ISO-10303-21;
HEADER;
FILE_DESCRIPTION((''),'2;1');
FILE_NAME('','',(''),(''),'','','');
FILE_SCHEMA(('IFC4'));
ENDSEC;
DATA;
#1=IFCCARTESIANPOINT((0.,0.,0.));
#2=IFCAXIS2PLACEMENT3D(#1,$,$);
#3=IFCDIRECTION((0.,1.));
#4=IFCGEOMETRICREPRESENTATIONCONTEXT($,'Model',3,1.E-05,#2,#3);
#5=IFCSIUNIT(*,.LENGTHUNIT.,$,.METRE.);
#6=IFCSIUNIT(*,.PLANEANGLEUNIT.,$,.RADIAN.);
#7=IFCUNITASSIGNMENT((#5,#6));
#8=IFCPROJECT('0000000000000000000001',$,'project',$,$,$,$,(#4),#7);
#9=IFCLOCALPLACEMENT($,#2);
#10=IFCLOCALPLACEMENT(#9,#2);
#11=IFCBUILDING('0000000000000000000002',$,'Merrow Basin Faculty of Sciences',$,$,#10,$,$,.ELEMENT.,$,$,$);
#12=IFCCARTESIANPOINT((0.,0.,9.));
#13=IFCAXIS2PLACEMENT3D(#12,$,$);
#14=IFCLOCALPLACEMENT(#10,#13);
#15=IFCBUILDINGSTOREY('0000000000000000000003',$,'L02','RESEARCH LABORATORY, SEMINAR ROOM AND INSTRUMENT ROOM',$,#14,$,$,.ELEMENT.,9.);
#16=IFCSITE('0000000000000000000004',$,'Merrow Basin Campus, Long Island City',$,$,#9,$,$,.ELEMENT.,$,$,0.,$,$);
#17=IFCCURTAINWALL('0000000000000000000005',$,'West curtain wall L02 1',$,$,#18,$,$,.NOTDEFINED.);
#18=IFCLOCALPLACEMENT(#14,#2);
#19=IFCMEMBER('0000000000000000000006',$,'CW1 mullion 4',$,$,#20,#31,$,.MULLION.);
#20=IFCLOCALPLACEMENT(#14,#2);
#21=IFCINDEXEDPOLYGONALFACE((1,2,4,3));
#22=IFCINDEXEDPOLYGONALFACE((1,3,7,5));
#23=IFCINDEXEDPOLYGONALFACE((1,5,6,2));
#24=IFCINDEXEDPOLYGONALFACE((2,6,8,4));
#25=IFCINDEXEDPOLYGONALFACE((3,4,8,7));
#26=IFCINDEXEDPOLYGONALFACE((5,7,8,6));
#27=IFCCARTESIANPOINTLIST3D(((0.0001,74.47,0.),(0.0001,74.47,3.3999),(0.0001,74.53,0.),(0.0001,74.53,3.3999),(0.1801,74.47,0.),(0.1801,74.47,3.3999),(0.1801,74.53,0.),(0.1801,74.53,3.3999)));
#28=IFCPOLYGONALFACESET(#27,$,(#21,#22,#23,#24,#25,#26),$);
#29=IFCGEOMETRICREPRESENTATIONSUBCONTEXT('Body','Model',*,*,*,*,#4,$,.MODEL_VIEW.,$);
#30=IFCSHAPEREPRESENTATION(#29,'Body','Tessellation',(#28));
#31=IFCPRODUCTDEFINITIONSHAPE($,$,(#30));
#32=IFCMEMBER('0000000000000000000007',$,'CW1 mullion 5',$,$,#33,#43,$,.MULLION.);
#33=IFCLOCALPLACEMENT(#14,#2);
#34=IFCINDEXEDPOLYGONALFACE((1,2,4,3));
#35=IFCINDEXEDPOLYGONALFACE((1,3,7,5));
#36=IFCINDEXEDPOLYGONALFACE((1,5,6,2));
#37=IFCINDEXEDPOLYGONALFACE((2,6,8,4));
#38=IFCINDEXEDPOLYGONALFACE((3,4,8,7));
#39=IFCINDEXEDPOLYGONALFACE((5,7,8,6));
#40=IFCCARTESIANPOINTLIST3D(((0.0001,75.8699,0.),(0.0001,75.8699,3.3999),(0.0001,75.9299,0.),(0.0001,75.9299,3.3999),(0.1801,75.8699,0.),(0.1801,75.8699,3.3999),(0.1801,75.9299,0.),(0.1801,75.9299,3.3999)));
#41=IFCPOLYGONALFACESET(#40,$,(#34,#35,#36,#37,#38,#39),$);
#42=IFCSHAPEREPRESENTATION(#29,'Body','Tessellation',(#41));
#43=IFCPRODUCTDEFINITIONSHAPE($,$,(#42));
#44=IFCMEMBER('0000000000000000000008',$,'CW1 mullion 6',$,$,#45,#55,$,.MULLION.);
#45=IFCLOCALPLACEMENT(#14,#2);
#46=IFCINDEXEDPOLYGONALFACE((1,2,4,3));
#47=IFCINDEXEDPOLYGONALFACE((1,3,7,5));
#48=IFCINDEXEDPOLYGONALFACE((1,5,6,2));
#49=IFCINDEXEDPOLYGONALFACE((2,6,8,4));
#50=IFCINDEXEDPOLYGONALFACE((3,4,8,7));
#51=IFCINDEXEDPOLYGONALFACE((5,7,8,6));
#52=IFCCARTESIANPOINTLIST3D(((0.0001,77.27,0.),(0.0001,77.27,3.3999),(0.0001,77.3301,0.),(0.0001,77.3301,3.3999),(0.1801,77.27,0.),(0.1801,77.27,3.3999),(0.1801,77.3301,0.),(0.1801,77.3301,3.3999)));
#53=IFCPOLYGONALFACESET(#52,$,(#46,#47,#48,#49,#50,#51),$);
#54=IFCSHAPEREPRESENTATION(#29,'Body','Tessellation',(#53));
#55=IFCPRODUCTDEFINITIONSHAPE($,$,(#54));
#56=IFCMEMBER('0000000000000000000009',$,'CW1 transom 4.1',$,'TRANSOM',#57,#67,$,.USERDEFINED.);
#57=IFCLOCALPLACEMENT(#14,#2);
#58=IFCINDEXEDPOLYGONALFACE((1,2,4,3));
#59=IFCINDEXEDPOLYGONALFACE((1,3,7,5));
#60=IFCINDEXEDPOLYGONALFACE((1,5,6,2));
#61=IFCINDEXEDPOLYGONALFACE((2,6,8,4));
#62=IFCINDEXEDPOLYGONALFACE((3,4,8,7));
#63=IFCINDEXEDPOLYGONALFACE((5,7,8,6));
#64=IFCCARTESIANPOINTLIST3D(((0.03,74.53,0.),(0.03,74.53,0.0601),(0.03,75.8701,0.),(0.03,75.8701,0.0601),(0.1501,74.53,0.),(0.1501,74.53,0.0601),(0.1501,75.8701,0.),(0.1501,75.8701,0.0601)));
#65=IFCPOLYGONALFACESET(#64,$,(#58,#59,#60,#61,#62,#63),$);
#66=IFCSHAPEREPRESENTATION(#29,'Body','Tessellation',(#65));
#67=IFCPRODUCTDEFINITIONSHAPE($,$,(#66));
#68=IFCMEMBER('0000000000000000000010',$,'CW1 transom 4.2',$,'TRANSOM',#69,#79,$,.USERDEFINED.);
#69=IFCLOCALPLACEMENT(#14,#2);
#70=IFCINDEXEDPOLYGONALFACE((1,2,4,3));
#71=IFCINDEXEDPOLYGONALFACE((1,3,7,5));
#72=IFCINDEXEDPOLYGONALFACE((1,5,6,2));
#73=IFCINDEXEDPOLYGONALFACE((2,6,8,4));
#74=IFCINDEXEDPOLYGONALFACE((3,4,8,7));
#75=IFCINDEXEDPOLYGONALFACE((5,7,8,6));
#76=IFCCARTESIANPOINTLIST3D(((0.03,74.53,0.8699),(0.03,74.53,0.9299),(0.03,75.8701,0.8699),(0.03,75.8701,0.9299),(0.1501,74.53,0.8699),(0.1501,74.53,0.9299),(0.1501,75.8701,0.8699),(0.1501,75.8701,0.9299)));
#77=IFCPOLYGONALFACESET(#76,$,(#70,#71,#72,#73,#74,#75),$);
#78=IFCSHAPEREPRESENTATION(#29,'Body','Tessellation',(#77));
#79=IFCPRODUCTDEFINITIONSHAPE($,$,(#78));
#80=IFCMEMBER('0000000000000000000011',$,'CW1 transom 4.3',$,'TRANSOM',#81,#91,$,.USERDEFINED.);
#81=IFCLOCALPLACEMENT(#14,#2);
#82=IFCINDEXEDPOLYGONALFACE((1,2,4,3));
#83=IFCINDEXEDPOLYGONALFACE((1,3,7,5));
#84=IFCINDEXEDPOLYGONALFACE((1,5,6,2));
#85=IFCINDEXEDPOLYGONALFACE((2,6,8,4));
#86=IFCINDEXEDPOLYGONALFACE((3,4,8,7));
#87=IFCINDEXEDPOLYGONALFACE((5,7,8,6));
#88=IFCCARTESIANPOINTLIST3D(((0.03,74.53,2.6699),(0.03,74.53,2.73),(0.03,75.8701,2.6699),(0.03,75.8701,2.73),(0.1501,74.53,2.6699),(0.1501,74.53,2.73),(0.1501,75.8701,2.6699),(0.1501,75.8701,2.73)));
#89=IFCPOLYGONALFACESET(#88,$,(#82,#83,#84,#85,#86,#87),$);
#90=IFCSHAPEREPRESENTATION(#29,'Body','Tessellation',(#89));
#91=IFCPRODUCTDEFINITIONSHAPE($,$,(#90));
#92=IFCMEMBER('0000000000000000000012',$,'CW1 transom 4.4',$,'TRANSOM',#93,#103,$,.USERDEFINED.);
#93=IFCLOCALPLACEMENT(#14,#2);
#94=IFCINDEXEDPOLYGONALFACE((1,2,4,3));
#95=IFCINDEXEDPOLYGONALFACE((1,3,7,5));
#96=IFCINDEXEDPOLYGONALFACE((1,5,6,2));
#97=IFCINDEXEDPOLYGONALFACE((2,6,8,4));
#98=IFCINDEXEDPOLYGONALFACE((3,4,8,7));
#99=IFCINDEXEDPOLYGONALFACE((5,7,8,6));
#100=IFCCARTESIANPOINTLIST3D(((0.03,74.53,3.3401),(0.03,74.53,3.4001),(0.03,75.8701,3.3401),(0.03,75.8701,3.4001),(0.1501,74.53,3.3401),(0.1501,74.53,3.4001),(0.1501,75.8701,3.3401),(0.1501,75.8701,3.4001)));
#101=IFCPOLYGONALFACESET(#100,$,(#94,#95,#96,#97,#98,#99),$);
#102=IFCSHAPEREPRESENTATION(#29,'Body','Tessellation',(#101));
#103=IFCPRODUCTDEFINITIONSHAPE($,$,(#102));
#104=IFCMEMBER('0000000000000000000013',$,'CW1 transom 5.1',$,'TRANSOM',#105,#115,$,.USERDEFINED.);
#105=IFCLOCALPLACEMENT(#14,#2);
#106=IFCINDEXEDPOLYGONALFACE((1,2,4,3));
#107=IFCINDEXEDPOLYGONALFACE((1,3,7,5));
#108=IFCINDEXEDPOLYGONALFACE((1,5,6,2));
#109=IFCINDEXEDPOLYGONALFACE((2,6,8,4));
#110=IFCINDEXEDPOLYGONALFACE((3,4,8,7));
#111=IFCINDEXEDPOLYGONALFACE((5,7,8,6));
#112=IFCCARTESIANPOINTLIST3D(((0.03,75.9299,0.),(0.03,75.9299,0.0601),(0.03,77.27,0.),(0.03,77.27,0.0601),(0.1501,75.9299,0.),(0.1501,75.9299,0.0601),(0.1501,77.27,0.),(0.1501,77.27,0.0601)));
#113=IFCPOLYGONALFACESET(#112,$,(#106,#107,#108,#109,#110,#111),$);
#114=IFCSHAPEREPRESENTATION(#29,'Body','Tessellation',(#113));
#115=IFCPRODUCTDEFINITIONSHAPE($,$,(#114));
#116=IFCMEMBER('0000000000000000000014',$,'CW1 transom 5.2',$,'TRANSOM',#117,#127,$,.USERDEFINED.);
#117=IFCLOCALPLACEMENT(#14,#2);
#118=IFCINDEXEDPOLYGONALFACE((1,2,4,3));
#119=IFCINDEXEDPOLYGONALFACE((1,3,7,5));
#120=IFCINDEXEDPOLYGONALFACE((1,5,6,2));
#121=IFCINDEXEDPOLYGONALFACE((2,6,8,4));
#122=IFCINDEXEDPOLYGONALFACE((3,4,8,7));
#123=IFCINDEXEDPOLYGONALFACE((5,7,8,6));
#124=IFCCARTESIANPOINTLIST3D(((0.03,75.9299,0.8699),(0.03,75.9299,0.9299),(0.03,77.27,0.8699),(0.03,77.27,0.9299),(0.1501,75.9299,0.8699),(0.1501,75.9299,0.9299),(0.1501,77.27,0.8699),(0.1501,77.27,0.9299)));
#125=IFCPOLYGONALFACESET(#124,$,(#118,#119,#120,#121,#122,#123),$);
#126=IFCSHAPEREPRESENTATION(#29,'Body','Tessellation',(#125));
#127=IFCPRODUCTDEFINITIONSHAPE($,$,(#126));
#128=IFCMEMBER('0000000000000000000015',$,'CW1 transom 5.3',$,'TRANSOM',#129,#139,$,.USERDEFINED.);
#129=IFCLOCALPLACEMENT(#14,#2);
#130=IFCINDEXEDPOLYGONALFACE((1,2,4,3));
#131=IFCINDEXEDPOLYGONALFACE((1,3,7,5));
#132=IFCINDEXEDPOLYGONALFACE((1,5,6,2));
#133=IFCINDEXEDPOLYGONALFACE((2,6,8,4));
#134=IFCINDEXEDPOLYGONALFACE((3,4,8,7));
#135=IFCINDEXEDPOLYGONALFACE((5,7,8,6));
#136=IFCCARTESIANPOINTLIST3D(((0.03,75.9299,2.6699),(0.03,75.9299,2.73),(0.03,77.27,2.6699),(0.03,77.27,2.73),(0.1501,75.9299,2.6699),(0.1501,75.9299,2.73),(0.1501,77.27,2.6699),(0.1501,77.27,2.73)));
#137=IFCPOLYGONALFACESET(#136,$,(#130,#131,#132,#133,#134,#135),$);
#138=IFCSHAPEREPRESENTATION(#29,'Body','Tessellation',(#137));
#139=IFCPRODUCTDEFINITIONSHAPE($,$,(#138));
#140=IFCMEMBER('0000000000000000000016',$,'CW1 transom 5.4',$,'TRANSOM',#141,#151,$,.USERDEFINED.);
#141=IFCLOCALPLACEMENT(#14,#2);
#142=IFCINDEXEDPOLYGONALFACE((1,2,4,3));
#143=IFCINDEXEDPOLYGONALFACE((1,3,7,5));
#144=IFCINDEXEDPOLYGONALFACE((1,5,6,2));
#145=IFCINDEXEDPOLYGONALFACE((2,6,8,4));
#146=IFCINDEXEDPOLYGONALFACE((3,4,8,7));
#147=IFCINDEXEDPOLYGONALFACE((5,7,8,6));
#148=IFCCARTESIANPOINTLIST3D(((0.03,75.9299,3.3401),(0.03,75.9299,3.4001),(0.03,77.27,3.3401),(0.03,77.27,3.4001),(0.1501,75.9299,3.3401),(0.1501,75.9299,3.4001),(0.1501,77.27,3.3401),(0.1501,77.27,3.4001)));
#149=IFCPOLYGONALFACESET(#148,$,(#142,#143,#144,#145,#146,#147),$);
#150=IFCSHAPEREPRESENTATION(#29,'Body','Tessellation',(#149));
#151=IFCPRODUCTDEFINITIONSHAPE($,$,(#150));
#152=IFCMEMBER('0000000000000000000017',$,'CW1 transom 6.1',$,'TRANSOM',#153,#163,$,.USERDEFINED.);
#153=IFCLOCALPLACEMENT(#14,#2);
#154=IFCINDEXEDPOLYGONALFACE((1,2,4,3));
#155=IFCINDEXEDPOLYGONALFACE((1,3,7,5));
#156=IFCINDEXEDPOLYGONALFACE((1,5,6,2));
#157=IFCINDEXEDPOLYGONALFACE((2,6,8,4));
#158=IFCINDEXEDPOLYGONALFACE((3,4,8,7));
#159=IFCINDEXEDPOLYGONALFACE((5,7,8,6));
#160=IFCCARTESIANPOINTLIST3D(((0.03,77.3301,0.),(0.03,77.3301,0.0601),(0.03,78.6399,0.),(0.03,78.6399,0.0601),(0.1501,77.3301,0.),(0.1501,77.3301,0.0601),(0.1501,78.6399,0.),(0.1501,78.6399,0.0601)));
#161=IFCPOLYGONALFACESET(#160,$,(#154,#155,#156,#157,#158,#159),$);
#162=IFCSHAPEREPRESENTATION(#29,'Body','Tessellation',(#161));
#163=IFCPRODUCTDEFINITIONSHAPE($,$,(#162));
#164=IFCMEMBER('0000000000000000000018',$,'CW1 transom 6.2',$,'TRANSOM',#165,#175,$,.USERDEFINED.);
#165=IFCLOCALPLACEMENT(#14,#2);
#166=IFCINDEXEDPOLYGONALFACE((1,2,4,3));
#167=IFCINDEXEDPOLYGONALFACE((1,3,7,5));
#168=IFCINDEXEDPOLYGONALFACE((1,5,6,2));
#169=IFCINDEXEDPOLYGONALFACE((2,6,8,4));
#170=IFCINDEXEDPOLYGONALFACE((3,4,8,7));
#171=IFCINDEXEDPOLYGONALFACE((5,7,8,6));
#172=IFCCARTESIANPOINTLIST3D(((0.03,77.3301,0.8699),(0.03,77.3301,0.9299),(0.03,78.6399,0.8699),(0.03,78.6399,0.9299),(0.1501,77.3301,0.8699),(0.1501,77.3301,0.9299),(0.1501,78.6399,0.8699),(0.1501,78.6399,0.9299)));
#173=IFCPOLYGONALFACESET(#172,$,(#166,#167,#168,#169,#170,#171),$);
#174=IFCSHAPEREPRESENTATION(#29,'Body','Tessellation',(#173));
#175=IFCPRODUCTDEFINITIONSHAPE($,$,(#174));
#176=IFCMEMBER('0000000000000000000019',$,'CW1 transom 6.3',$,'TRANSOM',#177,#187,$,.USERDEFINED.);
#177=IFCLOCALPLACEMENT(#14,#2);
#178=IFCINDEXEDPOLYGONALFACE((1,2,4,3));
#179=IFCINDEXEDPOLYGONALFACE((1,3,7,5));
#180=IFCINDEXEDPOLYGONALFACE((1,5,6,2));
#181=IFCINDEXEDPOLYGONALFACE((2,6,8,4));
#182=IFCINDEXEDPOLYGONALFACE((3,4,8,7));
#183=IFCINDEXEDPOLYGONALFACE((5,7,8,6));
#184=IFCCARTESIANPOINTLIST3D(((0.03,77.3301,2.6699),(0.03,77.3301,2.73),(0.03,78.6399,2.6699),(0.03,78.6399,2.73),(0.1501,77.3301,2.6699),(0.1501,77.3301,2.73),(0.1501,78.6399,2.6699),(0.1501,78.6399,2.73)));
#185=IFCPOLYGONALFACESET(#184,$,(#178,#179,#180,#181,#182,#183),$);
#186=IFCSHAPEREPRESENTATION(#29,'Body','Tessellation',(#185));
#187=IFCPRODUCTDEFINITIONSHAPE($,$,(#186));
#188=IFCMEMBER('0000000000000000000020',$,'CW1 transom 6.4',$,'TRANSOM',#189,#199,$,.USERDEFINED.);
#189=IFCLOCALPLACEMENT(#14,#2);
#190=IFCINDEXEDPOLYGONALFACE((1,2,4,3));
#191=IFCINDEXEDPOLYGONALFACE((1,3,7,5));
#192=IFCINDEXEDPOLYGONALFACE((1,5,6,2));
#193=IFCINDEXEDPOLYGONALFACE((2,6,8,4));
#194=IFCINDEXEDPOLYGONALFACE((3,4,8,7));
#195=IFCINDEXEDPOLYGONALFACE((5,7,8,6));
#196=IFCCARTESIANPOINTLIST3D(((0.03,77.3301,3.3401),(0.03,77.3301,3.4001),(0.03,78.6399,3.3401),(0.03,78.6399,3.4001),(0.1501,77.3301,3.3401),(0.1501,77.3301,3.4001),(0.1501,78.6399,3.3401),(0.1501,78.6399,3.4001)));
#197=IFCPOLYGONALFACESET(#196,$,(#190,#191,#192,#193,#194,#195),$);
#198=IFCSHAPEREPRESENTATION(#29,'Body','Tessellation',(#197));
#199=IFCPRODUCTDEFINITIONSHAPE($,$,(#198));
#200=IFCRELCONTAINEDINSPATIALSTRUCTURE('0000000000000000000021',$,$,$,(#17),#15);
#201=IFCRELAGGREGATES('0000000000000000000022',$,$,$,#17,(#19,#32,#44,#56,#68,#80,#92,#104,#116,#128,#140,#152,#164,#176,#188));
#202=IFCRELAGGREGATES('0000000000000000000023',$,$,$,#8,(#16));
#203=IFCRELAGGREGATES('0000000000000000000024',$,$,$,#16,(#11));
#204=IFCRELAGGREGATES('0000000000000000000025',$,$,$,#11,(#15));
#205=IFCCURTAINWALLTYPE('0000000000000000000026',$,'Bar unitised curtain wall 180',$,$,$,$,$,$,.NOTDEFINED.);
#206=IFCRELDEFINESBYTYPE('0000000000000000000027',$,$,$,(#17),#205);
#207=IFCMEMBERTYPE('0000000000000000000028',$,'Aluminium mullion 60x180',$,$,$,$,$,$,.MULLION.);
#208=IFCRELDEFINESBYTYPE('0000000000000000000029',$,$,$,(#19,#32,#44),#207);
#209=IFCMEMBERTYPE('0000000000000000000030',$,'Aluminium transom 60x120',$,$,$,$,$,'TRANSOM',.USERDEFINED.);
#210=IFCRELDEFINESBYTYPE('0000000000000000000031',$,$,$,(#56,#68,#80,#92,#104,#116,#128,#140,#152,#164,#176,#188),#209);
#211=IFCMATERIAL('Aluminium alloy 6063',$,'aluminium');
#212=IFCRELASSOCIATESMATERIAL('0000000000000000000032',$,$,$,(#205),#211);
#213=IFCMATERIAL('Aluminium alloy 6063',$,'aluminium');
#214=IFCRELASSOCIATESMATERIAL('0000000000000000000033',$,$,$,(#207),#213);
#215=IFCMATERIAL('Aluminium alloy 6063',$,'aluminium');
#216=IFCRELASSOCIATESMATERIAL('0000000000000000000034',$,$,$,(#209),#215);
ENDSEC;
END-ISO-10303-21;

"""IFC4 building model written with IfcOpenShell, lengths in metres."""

from ifc_helpers import new_model, si_unit, direction, frame, origin, origin_2d, place, context, subcontext, project, spatial, rectangle, extrude, material, material_profile, profile_set, type_object, element, aggregate, save


model = new_model("IFC4")

# Units and contexts
model_context = context("Model", 3, precision=1e-05, world=origin(), true_north=direction((0.0, 1.0)))
body_context = subcontext(model_context, "Body", "Model", "MODEL_VIEW")
ifc_project = project(units=[si_unit("LENGTHUNIT", "METRE"), si_unit("PLANEANGLEUNIT", "RADIAN")], contexts=[model_context])

# Site, building, storey
site_placement = place(None, origin())
site = spatial("IfcSite", under=ifc_project, at=site_placement, Name="Merrow Basin Campus, Long Island City", CompositionType="ELEMENT", RefElevation=0.0)
building_placement = place(site_placement, origin())
building = spatial("IfcBuilding", under=site, at=building_placement, Name="Merrow Basin Faculty of Sciences", CompositionType="ELEMENT")
storey_placement = place(building_placement, frame((0.0, 0.0, 9.0)))
storey = spatial("IfcBuildingStorey", under=building, at=storey_placement, Name="L02", Description="RESEARCH LABORATORY, SEMINAR ROOM AND INSTRUMENT ROOM", CompositionType="ELEMENT", Elevation=9.0)

# Curtain wall, members
ifc_material_1 = material(Name="Aluminium alloy 6063", Category="aluminium")
curtain_wall_type = type_object("IfcCurtainWallType", Name="Bar unitised curtain wall 180", PredefinedType="NOTDEFINED", material=ifc_material_1)
curtain_wall_placement = place(storey_placement, origin())
curtain_wall = element("IfcCurtainWall", 1, at=curtain_wall_placement, inside=storey, type_object=curtain_wall_type, Name="West curtain wall L02 1", PredefinedType="NOTDEFINED")
ifc_material_2 = material(Name="Aluminium alloy 6063", Category="aluminium")
ifc_material_profile_1 = material_profile(ifc_material_2, rectangle(XDim=0.1799, YDim=0.0601, at=origin_2d()))
ifc_profile_set_1 = profile_set([ifc_material_profile_1], Name="Aluminium alloy 6063")
member_type_1 = type_object("IfcMemberType", Name="Aluminium mullion 60x180", PredefinedType="MULLION", material=ifc_profile_set_1)
member_1_placement = place(storey_placement, frame((0.0901, 74.5, 0.0), z_axis=(0.0, 0.0, 1.0), x_axis=(-1.0, 0.0, 0.0)))
member_1 = element("IfcMember", 2, at=member_1_placement, type_object=member_type_1, Name="CW1 mullion 4", PredefinedType="MULLION", context=body_context, shape_type="SweptSolid", body=[
    extrude(rectangle(XDim=0.1799, YDim=0.0601, at=origin_2d()), origin(), (0.0, 0.0, 1.0), 3.3999),
])
member_2_placement = place(storey_placement, frame((0.0901, 75.8999, 0.0), z_axis=(0.0, 0.0, 1.0), x_axis=(-1.0, 0.0, 0.0)))
member_2 = element("IfcMember", 3, at=member_2_placement, type_object=member_type_1, Name="CW1 mullion 5", PredefinedType="MULLION", context=body_context, shape_type="SweptSolid", body=[
    extrude(rectangle(XDim=0.1799, YDim=0.0601, at=origin_2d()), origin(), (0.0, 0.0, 1.0), 3.3999),
])
member_3_placement = place(storey_placement, frame((0.0901, 77.3, 0.0), z_axis=(0.0, 0.0, 1.0), x_axis=(-1.0, 0.0, 0.0)))
member_3 = element("IfcMember", 4, at=member_3_placement, type_object=member_type_1, Name="CW1 mullion 6", PredefinedType="MULLION", context=body_context, shape_type="SweptSolid", body=[
    extrude(rectangle(XDim=0.1799, YDim=0.0601, at=origin_2d()), origin(), (0.0, 0.0, 1.0), 3.3999),
])
ifc_material_3 = material(Name="Aluminium alloy 6063", Category="aluminium")
ifc_material_profile_2 = material_profile(ifc_material_3, rectangle(XDim=0.1201, YDim=0.0601, at=origin_2d()))
ifc_profile_set_2 = profile_set([ifc_material_profile_2], Name="Aluminium alloy 6063")
member_type_2 = type_object("IfcMemberType", Name="Aluminium transom 60x120", ElementType="TRANSOM", PredefinedType="USERDEFINED", material=ifc_profile_set_2)
member_4_placement = place(storey_placement, frame((0.0901, 74.53, 0.03), z_axis=(0.0, 1.0, 0.0), x_axis=(-1.0, 0.0, 0.0)))
member_4 = element("IfcMember", 5, at=member_4_placement, type_object=member_type_2, Name="CW1 transom 4.1", ObjectType="TRANSOM", PredefinedType="USERDEFINED", context=body_context, shape_type="SweptSolid", body=[
    extrude(rectangle(XDim=0.1201, YDim=0.0601, at=origin_2d()), origin(), (0.0, 0.0, 1.0), 1.3401),
])
member_5_placement = place(storey_placement, frame((0.0901, 74.53, 0.8999), z_axis=(0.0, 1.0, 0.0), x_axis=(-1.0, 0.0, 0.0)))
member_5 = element("IfcMember", 6, at=member_5_placement, type_object=member_type_2, Name="CW1 transom 4.2", ObjectType="TRANSOM", PredefinedType="USERDEFINED", context=body_context, shape_type="SweptSolid", body=[
    extrude(rectangle(XDim=0.1201, YDim=0.0601, at=origin_2d()), origin(), (0.0, 0.0, 1.0), 1.3401),
])
member_6_placement = place(storey_placement, frame((0.0901, 74.53, 2.7), z_axis=(0.0, 1.0, 0.0), x_axis=(-1.0, 0.0, 0.0)))
member_6 = element("IfcMember", 7, at=member_6_placement, type_object=member_type_2, Name="CW1 transom 4.3", ObjectType="TRANSOM", PredefinedType="USERDEFINED", context=body_context, shape_type="SweptSolid", body=[
    extrude(rectangle(XDim=0.1201, YDim=0.0601, at=origin_2d()), origin(), (0.0, 0.0, 1.0), 1.3401),
])
member_7_placement = place(storey_placement, frame((0.0901, 74.53, 3.3701), z_axis=(0.0, 1.0, 0.0), x_axis=(-1.0, 0.0, 0.0)))
member_7 = element("IfcMember", 8, at=member_7_placement, type_object=member_type_2, Name="CW1 transom 4.4", ObjectType="TRANSOM", PredefinedType="USERDEFINED", context=body_context, shape_type="SweptSolid", body=[
    extrude(rectangle(XDim=0.1201, YDim=0.0601, at=origin_2d()), origin(), (0.0, 0.0, 1.0), 1.3401),
])
member_8_placement = place(storey_placement, frame((0.0901, 75.9299, 0.03), z_axis=(0.0, 1.0, 0.0), x_axis=(-1.0, 0.0, 0.0)))
member_8 = element("IfcMember", 9, at=member_8_placement, type_object=member_type_2, Name="CW1 transom 5.1", ObjectType="TRANSOM", PredefinedType="USERDEFINED", context=body_context, shape_type="SweptSolid", body=[
    extrude(rectangle(XDim=0.1201, YDim=0.0601, at=origin_2d()), origin(), (0.0, 0.0, 1.0), 1.3401),
])
member_9_placement = place(storey_placement, frame((0.0901, 75.9299, 0.8999), z_axis=(0.0, 1.0, 0.0), x_axis=(-1.0, 0.0, 0.0)))
member_9 = element("IfcMember", 10, at=member_9_placement, type_object=member_type_2, Name="CW1 transom 5.2", ObjectType="TRANSOM", PredefinedType="USERDEFINED", context=body_context, shape_type="SweptSolid", body=[
    extrude(rectangle(XDim=0.1201, YDim=0.0601, at=origin_2d()), origin(), (0.0, 0.0, 1.0), 1.3401),
])
member_10_placement = place(storey_placement, frame((0.0901, 75.9299, 2.7), z_axis=(0.0, 1.0, 0.0), x_axis=(-1.0, 0.0, 0.0)))
member_10 = element("IfcMember", 11, at=member_10_placement, type_object=member_type_2, Name="CW1 transom 5.3", ObjectType="TRANSOM", PredefinedType="USERDEFINED", context=body_context, shape_type="SweptSolid", body=[
    extrude(rectangle(XDim=0.1201, YDim=0.0601, at=origin_2d()), origin(), (0.0, 0.0, 1.0), 1.3401),
])
member_11_placement = place(storey_placement, frame((0.0901, 75.9299, 3.3701), z_axis=(0.0, 1.0, 0.0), x_axis=(-1.0, 0.0, 0.0)))
member_11 = element("IfcMember", 12, at=member_11_placement, type_object=member_type_2, Name="CW1 transom 5.4", ObjectType="TRANSOM", PredefinedType="USERDEFINED", context=body_context, shape_type="SweptSolid", body=[
    extrude(rectangle(XDim=0.1201, YDim=0.0601, at=origin_2d()), origin(), (0.0, 0.0, 1.0), 1.3401),
])
member_12_placement = place(storey_placement, frame((0.0901, 77.3301, 0.03), z_axis=(0.0, 1.0, 0.0), x_axis=(-1.0, 0.0, 0.0)))
member_12 = element("IfcMember", 13, at=member_12_placement, type_object=member_type_2, Name="CW1 transom 6.1", ObjectType="TRANSOM", PredefinedType="USERDEFINED", context=body_context, shape_type="SweptSolid", body=[
    extrude(rectangle(XDim=0.1201, YDim=0.0601, at=origin_2d()), origin(), (0.0, 0.0, 1.0), 1.3098),
])
member_13_placement = place(storey_placement, frame((0.0901, 77.3301, 0.8999), z_axis=(0.0, 1.0, 0.0), x_axis=(-1.0, 0.0, 0.0)))
member_13 = element("IfcMember", 14, at=member_13_placement, type_object=member_type_2, Name="CW1 transom 6.2", ObjectType="TRANSOM", PredefinedType="USERDEFINED", context=body_context, shape_type="SweptSolid", body=[
    extrude(rectangle(XDim=0.1201, YDim=0.0601, at=origin_2d()), origin(), (0.0, 0.0, 1.0), 1.3098),
])
member_14_placement = place(storey_placement, frame((0.0901, 77.3301, 2.7), z_axis=(0.0, 1.0, 0.0), x_axis=(-1.0, 0.0, 0.0)))
member_14 = element("IfcMember", 15, at=member_14_placement, type_object=member_type_2, Name="CW1 transom 6.3", ObjectType="TRANSOM", PredefinedType="USERDEFINED", context=body_context, shape_type="SweptSolid", body=[
    extrude(rectangle(XDim=0.1201, YDim=0.0601, at=origin_2d()), origin(), (0.0, 0.0, 1.0), 1.3098),
])
member_15_placement = place(storey_placement, frame((0.0901, 77.3301, 3.3701), z_axis=(0.0, 1.0, 0.0), x_axis=(-1.0, 0.0, 0.0)))
member_15 = element("IfcMember", 16, at=member_15_placement, type_object=member_type_2, Name="CW1 transom 6.4", ObjectType="TRANSOM", PredefinedType="USERDEFINED", context=body_context, shape_type="SweptSolid", body=[
    extrude(rectangle(XDim=0.1201, YDim=0.0601, at=origin_2d()), origin(), (0.0, 0.0, 1.0), 1.3098),
])

aggregate(curtain_wall, [member_1, member_2, member_3, member_4, member_5, member_6, member_7, member_8, member_9, member_10, member_11, member_12, member_13, member_14, member_15])

save(model, "model.ifc")
